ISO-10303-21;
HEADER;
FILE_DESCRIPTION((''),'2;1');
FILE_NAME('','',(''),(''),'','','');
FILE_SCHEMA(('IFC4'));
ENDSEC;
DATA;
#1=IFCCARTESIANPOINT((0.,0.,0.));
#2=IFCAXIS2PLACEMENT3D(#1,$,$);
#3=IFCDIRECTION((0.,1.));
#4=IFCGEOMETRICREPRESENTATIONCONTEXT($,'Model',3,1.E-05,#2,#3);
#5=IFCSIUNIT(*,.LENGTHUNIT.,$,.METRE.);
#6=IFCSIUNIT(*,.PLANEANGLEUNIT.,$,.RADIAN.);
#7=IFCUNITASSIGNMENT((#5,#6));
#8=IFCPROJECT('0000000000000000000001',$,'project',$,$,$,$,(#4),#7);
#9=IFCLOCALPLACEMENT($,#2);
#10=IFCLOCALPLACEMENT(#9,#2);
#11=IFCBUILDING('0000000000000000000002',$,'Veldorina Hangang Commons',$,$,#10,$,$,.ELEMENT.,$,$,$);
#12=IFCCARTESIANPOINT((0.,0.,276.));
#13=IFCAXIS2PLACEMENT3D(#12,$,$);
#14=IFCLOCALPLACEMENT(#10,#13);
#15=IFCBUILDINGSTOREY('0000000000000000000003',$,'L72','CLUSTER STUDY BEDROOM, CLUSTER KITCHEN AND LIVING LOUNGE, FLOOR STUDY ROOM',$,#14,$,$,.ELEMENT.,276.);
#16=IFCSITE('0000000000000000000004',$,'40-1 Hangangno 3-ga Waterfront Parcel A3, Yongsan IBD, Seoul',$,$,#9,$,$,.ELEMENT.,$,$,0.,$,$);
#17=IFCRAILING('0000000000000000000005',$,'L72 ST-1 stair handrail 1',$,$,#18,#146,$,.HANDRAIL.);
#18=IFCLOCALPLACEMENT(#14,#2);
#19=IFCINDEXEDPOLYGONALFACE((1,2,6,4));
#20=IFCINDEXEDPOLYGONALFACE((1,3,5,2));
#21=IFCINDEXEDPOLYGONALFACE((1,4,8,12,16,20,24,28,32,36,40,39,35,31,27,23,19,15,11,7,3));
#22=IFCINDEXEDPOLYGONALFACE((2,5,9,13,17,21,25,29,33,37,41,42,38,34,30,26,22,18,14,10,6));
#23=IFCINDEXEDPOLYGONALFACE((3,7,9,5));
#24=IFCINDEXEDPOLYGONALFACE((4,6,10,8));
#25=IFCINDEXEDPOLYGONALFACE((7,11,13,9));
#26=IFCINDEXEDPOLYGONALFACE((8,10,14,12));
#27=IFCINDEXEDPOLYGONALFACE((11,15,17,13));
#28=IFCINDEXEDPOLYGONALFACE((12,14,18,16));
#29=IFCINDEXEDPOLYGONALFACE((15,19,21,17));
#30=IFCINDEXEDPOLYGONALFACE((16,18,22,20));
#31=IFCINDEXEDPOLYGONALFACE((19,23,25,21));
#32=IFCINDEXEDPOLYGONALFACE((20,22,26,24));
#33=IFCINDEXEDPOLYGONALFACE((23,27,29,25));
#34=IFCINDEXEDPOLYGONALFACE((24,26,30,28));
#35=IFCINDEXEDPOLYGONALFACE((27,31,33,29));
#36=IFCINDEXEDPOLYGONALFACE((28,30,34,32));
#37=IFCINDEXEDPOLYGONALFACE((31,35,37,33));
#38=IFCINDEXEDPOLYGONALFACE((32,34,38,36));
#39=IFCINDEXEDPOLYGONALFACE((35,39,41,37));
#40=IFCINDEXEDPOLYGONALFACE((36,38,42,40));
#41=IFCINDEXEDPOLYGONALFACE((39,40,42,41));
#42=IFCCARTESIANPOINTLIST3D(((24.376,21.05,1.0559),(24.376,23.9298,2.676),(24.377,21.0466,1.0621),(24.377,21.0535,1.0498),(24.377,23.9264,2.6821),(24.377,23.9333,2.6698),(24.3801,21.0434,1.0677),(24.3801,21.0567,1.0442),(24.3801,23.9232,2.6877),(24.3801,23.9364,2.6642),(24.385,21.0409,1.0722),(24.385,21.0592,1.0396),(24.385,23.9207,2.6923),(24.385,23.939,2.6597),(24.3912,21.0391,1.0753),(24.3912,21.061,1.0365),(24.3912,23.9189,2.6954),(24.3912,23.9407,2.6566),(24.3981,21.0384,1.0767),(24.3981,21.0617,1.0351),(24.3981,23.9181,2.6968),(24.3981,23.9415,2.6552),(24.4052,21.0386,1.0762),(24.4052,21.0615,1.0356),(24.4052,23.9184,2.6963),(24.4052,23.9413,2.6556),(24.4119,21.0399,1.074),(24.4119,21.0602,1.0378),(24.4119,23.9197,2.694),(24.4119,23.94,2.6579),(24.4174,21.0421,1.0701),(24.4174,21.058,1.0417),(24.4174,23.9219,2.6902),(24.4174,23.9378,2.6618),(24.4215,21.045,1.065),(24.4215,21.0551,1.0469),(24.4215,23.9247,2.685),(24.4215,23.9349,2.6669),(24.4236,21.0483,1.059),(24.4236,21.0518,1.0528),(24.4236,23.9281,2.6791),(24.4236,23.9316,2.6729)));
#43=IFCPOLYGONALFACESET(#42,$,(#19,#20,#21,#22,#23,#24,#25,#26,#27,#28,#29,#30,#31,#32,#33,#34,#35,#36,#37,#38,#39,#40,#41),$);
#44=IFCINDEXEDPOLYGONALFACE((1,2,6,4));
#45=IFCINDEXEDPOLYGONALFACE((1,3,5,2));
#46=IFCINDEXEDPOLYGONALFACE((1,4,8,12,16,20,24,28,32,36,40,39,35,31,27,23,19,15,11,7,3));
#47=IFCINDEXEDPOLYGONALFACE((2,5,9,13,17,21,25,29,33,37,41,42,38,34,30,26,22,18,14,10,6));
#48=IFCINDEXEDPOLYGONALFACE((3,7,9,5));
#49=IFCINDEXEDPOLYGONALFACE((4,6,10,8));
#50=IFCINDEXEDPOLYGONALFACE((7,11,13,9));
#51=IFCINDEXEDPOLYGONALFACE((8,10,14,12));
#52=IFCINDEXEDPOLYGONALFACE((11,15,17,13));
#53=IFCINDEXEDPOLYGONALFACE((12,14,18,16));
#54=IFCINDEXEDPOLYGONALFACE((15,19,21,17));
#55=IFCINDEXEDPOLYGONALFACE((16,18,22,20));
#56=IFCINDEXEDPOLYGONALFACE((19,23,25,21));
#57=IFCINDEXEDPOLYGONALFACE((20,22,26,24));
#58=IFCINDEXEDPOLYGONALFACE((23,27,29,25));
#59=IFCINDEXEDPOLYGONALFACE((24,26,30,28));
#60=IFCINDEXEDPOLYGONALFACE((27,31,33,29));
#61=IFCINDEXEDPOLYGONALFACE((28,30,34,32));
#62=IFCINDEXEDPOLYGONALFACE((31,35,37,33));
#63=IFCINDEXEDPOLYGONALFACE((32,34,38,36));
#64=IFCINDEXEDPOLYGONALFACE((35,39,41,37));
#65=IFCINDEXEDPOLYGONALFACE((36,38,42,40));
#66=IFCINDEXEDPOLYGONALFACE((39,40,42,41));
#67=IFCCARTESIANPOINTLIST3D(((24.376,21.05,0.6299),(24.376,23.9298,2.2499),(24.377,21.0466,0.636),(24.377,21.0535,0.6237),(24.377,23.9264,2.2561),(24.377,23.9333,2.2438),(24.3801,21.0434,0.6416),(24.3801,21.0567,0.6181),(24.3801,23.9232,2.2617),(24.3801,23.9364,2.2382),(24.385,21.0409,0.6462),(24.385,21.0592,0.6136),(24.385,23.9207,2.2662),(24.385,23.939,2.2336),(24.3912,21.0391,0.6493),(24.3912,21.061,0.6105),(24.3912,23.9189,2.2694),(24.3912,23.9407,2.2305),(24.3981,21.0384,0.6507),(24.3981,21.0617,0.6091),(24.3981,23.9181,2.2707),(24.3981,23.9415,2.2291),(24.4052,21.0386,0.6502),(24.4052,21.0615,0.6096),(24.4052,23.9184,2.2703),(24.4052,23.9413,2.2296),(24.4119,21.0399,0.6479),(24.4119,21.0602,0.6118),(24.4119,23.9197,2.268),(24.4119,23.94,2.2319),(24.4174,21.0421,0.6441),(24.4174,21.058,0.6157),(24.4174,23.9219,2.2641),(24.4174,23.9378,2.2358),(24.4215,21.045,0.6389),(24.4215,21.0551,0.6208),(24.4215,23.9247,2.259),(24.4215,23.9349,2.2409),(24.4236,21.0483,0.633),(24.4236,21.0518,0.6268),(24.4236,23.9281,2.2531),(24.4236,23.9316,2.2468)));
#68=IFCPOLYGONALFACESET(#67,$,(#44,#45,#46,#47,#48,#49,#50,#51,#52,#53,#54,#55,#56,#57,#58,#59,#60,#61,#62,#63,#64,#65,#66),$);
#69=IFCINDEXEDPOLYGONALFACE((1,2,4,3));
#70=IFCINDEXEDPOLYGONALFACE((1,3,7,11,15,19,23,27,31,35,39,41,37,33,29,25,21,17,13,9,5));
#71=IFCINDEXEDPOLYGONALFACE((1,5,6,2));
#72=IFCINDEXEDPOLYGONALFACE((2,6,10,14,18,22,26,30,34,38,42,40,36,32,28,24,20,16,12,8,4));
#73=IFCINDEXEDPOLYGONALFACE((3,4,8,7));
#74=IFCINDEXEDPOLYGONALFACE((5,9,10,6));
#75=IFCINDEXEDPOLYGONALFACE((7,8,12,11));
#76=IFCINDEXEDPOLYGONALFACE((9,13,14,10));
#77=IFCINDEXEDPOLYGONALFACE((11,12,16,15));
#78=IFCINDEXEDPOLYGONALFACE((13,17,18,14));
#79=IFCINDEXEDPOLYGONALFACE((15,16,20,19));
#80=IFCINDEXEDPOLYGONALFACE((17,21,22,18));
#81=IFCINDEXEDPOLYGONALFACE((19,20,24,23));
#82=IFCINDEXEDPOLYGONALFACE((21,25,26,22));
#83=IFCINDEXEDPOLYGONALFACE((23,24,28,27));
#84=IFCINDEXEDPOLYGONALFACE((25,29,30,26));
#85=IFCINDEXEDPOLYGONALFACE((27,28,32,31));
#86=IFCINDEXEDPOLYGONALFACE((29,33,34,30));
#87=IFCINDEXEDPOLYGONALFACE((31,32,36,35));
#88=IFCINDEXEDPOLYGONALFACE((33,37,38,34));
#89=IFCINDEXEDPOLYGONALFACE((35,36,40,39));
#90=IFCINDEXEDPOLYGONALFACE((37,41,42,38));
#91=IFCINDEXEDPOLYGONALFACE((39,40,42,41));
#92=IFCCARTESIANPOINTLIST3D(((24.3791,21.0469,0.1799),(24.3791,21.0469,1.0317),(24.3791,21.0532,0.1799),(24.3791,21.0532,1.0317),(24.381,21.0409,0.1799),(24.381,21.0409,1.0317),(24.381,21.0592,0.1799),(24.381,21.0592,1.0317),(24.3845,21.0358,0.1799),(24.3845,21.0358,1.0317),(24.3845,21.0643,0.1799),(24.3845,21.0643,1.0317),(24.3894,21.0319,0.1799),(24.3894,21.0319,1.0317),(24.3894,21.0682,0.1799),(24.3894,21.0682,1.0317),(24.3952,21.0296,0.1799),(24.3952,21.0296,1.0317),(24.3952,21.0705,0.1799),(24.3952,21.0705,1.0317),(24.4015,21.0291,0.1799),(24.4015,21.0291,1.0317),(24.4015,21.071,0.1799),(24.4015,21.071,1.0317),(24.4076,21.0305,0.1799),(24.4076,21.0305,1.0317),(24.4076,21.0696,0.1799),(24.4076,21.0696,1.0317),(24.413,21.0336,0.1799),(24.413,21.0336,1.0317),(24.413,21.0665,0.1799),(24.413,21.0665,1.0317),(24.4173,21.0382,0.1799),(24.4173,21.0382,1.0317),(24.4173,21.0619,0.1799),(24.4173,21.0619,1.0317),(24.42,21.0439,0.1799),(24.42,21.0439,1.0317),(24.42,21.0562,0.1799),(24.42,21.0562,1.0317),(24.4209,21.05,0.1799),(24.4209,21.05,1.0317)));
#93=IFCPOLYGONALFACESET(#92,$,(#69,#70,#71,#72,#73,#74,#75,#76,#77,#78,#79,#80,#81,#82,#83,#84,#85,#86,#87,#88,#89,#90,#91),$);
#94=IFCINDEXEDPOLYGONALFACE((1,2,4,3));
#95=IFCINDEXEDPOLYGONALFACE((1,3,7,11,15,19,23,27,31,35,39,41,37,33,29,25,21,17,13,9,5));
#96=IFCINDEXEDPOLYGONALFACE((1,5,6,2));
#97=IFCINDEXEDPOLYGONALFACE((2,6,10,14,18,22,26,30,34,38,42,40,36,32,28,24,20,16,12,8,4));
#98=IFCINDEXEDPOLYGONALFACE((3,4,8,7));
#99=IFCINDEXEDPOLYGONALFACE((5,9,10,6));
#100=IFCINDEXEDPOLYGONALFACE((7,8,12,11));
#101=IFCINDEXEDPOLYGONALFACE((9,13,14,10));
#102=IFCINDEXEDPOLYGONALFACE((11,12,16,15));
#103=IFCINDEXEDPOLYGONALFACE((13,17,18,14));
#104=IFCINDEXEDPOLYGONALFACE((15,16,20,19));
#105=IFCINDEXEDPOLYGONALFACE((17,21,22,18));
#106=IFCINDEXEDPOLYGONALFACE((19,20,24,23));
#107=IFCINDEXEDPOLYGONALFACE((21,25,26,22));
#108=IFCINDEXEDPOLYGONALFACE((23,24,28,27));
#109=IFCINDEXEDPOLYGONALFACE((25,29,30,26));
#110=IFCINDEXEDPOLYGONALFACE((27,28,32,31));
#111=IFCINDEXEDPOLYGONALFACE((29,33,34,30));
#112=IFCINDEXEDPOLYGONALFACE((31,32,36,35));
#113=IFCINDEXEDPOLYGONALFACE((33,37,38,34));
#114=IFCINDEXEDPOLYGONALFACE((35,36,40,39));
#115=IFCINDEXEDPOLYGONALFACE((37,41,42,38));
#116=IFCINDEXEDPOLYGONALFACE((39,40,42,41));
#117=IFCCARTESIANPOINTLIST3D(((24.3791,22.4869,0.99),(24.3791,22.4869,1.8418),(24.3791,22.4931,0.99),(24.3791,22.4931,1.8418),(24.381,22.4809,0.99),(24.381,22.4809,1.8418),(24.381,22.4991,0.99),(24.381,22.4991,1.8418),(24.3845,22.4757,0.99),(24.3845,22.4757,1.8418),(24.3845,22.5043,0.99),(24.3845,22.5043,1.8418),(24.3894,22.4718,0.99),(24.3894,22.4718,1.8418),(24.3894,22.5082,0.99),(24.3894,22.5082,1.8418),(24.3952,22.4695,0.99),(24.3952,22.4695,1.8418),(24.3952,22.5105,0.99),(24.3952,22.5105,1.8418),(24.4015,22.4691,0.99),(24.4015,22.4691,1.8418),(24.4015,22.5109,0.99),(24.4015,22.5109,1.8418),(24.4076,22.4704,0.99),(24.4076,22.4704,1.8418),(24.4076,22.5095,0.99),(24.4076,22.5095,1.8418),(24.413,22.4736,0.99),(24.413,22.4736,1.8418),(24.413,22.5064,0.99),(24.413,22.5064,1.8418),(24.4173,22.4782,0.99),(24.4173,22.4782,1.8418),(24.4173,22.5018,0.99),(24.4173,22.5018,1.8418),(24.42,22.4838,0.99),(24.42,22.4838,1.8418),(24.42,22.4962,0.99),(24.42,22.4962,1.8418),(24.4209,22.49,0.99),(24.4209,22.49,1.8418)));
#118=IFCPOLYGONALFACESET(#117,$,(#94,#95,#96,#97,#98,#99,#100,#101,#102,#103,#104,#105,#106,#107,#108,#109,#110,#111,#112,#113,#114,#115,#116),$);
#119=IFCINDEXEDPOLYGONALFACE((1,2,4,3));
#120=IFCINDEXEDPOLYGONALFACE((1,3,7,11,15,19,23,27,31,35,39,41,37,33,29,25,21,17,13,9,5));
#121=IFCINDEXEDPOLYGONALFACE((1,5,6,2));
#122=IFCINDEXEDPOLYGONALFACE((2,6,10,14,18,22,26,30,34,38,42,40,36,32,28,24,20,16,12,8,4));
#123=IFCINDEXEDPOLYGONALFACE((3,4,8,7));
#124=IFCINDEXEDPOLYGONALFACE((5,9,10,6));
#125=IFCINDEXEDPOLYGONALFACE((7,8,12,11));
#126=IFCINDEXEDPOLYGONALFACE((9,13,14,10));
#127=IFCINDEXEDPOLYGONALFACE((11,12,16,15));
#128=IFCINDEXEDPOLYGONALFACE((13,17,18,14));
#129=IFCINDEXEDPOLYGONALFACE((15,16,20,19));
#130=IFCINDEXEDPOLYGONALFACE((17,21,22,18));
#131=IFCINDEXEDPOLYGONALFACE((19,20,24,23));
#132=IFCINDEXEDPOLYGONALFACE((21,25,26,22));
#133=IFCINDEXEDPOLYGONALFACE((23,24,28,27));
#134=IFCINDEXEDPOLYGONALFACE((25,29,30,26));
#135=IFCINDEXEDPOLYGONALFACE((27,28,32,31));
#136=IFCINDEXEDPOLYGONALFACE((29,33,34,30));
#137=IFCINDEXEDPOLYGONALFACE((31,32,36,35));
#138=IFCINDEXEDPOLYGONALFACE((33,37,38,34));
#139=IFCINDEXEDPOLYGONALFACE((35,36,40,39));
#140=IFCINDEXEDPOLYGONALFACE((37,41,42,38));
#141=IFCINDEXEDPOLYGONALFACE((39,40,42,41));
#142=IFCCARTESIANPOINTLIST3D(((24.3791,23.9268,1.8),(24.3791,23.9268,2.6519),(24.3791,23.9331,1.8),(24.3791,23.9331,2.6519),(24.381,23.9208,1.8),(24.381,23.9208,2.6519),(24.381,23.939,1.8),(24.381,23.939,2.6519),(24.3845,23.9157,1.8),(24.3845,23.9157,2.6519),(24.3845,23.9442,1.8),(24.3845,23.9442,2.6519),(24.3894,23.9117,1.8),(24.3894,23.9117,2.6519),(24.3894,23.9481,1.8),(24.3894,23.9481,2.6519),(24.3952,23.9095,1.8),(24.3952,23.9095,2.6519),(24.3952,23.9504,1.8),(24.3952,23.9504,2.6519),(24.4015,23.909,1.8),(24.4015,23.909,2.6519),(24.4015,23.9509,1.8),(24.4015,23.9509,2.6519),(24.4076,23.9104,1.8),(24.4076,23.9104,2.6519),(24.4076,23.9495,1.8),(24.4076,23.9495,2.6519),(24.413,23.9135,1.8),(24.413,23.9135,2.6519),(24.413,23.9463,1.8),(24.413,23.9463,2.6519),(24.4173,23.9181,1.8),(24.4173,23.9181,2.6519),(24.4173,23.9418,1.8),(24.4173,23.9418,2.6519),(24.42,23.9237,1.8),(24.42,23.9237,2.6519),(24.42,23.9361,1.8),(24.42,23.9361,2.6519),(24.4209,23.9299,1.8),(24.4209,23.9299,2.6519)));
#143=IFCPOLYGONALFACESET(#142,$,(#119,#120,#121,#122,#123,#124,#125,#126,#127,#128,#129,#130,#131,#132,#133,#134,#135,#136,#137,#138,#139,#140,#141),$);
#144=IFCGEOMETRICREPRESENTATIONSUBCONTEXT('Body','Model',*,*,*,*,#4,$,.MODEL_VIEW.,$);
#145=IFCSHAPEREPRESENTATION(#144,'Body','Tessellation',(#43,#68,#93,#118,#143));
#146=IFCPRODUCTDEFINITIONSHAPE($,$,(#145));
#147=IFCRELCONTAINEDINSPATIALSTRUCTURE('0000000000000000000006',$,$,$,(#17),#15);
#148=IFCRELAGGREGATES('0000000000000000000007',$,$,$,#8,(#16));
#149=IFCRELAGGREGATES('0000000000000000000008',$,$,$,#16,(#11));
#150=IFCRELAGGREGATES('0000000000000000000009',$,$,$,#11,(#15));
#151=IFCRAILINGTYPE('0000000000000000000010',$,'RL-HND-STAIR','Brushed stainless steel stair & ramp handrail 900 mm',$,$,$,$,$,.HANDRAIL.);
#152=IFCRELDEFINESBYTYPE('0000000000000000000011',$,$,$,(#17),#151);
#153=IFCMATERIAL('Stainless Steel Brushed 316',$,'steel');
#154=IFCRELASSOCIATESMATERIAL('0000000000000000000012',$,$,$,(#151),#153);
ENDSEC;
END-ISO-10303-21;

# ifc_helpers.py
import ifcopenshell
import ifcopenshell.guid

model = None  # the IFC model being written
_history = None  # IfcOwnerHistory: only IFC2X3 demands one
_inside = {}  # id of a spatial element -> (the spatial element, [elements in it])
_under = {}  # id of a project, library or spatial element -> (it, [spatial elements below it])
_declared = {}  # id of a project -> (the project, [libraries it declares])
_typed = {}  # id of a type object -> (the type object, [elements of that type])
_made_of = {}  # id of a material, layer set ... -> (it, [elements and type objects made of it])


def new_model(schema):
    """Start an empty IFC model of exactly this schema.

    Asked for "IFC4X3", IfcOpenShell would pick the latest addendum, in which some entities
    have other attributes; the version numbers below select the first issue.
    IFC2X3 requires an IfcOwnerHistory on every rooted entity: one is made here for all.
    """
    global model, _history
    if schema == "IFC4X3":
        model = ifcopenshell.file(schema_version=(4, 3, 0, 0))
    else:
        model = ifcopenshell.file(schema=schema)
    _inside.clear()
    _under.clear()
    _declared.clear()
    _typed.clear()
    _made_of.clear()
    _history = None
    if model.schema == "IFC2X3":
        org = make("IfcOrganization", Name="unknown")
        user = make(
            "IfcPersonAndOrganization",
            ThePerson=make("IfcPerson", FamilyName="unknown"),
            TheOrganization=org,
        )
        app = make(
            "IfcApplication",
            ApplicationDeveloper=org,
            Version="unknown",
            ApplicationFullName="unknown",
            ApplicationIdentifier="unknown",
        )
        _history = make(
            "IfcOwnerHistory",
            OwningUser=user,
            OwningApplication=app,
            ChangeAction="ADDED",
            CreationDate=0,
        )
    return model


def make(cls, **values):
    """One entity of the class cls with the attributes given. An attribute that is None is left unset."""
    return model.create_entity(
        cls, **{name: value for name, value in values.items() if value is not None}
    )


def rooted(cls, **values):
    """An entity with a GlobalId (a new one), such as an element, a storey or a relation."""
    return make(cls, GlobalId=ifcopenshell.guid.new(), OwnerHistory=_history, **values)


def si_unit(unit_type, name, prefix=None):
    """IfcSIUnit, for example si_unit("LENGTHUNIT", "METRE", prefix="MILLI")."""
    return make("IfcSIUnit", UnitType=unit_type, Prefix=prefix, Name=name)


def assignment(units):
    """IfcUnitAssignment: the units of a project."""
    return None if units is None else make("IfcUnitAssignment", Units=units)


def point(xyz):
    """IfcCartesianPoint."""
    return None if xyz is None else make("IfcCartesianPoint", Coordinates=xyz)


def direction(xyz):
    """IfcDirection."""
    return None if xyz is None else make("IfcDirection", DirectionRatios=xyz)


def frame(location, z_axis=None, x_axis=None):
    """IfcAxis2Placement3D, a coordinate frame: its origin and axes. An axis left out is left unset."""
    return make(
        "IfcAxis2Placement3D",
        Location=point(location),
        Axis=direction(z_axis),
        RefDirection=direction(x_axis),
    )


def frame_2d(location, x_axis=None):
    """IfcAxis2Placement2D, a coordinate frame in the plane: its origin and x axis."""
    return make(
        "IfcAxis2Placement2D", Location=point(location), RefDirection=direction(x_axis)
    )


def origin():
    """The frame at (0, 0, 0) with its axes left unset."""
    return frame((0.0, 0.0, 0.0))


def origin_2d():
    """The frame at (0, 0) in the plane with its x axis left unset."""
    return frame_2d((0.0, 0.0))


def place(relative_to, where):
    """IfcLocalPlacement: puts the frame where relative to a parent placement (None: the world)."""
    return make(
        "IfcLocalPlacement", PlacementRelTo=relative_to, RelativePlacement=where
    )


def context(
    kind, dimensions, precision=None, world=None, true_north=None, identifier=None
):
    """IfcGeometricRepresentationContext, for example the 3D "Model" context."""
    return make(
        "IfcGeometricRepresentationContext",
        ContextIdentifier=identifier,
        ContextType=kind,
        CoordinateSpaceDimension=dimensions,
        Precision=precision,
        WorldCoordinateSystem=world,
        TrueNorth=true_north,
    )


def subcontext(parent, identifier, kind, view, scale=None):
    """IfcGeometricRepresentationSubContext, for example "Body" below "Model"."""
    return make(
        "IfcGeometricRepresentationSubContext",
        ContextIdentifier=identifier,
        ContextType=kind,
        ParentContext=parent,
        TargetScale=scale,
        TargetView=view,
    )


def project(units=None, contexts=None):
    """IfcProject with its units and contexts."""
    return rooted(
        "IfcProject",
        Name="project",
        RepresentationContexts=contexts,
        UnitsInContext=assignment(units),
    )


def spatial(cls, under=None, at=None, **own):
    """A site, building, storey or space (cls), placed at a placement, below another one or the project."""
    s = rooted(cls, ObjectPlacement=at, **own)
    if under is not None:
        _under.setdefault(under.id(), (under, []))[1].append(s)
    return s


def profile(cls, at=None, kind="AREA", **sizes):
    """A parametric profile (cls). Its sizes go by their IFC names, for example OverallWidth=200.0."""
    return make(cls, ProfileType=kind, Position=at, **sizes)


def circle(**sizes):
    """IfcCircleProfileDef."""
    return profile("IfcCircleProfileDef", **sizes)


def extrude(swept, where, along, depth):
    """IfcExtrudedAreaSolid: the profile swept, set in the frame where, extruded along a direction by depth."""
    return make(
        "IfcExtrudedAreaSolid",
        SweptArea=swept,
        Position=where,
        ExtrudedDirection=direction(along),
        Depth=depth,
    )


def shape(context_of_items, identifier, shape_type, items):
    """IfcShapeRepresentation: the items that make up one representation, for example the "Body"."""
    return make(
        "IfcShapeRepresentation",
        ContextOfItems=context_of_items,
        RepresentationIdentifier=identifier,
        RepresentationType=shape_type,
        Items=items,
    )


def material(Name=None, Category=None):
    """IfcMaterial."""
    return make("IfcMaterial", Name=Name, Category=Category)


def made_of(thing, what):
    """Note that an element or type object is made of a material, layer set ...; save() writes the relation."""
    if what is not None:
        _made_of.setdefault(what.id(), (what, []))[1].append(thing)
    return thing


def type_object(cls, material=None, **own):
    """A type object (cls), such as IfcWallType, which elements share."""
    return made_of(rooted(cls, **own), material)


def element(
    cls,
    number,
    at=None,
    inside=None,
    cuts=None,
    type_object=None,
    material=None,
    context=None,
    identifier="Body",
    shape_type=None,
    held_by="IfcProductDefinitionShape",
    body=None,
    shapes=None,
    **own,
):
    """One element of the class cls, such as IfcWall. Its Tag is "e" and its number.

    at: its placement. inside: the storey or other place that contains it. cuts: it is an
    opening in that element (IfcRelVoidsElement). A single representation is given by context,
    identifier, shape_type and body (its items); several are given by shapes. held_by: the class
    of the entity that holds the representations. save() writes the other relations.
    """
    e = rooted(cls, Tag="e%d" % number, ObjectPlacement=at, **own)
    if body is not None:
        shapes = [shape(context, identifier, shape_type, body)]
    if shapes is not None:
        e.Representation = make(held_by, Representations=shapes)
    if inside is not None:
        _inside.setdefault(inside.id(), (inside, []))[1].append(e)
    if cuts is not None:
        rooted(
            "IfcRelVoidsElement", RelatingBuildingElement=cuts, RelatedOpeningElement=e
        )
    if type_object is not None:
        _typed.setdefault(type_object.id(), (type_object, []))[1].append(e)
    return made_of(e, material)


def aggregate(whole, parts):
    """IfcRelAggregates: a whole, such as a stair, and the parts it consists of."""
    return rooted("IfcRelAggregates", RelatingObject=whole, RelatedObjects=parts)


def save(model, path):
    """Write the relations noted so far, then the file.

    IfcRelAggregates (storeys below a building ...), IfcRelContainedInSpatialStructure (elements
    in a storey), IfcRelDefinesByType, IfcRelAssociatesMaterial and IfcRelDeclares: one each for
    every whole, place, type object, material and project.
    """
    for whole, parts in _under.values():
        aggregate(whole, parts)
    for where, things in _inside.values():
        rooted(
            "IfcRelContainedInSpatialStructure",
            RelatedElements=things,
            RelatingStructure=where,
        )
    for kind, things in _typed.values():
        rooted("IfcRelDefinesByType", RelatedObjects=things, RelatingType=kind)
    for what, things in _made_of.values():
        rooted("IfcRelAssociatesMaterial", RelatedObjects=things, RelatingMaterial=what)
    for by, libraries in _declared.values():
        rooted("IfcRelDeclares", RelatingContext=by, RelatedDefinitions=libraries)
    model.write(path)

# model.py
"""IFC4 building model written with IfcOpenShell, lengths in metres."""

from ifc_helpers import new_model, si_unit, direction, frame, origin, origin_2d, place, context, subcontext, project, spatial, circle, extrude, material, type_object, element, save


model = new_model("IFC4")

# Units and contexts
model_context = context("Model", 3, precision=1e-05, world=origin(), true_north=direction((0.0, 1.0)))
body_context = subcontext(model_context, "Body", "Model", "MODEL_VIEW")
ifc_project = project(units=[si_unit("LENGTHUNIT", "METRE"), si_unit("PLANEANGLEUNIT", "RADIAN")], contexts=[model_context])

# Site, building, storey
site_placement = place(None, origin())
site = spatial("IfcSite", under=ifc_project, at=site_placement, Name="40-1 Hangangno 3-ga Waterfront Parcel A3, Yongsan IBD, Seoul", CompositionType="ELEMENT", RefElevation=0.0)
building_placement = place(site_placement, origin())
building = spatial("IfcBuilding", under=site, at=building_placement, Name="Veldorina Hangang Commons", CompositionType="ELEMENT")
storey_placement = place(building_placement, frame((0.0, 0.0, 276.0)))
storey = spatial("IfcBuildingStorey", under=building, at=storey_placement, Name="L72", Description="CLUSTER STUDY BEDROOM, CLUSTER KITCHEN AND LIVING LOUNGE, FLOOR STUDY ROOM", CompositionType="ELEMENT", Elevation=276.0)

# Railing
ifc_material_1 = material(Name="Stainless Steel Brushed 316", Category="steel")
railing_type_1 = type_object("IfcRailingType", Name="RL-HND-STAIR", Description="Brushed stainless steel stair & ramp handrail 900 mm", PredefinedType="HANDRAIL", material=ifc_material_1)
railing_1_placement = place(storey_placement, frame((24.3999, 21.05, 0.1799)))
element("IfcRailing", 1, at=railing_1_placement, inside=storey, type_object=railing_type_1, Name="L72 ST-1 stair handrail 1", PredefinedType="HANDRAIL", context=body_context, shape_type="SweptSolid", body=[
    extrude(circle(Radius=0.0239, at=origin_2d()), frame((0.0, 0.0, 0.876), z_axis=(0.0, 0.871552, 0.490303), x_axis=(-1.0, 0.0, 0.0)), (0.0, 0.0, 1.0), 3.3042),
    extrude(circle(Radius=0.0239, at=origin_2d()), frame((0.0, 0.0, 0.45), z_axis=(0.0, 0.871552, 0.490303), x_axis=(-1.0, 0.0, 0.0)), (0.0, 0.0, 1.0), 3.3042),
    extrude(circle(Radius=0.021, at=origin_2d()), origin(), (0.0, 0.0, 1.0), 0.8518),
    extrude(circle(Radius=0.021, at=origin_2d()), frame((0.0, 1.4399, 0.8101)), (0.0, 0.0, 1.0), 0.8518),
    extrude(circle(Radius=0.021, at=origin_2d()), frame((0.0, 2.8799, 1.6201)), (0.0, 0.0, 1.0), 0.8518),
])

save(model, "model.ifc")
